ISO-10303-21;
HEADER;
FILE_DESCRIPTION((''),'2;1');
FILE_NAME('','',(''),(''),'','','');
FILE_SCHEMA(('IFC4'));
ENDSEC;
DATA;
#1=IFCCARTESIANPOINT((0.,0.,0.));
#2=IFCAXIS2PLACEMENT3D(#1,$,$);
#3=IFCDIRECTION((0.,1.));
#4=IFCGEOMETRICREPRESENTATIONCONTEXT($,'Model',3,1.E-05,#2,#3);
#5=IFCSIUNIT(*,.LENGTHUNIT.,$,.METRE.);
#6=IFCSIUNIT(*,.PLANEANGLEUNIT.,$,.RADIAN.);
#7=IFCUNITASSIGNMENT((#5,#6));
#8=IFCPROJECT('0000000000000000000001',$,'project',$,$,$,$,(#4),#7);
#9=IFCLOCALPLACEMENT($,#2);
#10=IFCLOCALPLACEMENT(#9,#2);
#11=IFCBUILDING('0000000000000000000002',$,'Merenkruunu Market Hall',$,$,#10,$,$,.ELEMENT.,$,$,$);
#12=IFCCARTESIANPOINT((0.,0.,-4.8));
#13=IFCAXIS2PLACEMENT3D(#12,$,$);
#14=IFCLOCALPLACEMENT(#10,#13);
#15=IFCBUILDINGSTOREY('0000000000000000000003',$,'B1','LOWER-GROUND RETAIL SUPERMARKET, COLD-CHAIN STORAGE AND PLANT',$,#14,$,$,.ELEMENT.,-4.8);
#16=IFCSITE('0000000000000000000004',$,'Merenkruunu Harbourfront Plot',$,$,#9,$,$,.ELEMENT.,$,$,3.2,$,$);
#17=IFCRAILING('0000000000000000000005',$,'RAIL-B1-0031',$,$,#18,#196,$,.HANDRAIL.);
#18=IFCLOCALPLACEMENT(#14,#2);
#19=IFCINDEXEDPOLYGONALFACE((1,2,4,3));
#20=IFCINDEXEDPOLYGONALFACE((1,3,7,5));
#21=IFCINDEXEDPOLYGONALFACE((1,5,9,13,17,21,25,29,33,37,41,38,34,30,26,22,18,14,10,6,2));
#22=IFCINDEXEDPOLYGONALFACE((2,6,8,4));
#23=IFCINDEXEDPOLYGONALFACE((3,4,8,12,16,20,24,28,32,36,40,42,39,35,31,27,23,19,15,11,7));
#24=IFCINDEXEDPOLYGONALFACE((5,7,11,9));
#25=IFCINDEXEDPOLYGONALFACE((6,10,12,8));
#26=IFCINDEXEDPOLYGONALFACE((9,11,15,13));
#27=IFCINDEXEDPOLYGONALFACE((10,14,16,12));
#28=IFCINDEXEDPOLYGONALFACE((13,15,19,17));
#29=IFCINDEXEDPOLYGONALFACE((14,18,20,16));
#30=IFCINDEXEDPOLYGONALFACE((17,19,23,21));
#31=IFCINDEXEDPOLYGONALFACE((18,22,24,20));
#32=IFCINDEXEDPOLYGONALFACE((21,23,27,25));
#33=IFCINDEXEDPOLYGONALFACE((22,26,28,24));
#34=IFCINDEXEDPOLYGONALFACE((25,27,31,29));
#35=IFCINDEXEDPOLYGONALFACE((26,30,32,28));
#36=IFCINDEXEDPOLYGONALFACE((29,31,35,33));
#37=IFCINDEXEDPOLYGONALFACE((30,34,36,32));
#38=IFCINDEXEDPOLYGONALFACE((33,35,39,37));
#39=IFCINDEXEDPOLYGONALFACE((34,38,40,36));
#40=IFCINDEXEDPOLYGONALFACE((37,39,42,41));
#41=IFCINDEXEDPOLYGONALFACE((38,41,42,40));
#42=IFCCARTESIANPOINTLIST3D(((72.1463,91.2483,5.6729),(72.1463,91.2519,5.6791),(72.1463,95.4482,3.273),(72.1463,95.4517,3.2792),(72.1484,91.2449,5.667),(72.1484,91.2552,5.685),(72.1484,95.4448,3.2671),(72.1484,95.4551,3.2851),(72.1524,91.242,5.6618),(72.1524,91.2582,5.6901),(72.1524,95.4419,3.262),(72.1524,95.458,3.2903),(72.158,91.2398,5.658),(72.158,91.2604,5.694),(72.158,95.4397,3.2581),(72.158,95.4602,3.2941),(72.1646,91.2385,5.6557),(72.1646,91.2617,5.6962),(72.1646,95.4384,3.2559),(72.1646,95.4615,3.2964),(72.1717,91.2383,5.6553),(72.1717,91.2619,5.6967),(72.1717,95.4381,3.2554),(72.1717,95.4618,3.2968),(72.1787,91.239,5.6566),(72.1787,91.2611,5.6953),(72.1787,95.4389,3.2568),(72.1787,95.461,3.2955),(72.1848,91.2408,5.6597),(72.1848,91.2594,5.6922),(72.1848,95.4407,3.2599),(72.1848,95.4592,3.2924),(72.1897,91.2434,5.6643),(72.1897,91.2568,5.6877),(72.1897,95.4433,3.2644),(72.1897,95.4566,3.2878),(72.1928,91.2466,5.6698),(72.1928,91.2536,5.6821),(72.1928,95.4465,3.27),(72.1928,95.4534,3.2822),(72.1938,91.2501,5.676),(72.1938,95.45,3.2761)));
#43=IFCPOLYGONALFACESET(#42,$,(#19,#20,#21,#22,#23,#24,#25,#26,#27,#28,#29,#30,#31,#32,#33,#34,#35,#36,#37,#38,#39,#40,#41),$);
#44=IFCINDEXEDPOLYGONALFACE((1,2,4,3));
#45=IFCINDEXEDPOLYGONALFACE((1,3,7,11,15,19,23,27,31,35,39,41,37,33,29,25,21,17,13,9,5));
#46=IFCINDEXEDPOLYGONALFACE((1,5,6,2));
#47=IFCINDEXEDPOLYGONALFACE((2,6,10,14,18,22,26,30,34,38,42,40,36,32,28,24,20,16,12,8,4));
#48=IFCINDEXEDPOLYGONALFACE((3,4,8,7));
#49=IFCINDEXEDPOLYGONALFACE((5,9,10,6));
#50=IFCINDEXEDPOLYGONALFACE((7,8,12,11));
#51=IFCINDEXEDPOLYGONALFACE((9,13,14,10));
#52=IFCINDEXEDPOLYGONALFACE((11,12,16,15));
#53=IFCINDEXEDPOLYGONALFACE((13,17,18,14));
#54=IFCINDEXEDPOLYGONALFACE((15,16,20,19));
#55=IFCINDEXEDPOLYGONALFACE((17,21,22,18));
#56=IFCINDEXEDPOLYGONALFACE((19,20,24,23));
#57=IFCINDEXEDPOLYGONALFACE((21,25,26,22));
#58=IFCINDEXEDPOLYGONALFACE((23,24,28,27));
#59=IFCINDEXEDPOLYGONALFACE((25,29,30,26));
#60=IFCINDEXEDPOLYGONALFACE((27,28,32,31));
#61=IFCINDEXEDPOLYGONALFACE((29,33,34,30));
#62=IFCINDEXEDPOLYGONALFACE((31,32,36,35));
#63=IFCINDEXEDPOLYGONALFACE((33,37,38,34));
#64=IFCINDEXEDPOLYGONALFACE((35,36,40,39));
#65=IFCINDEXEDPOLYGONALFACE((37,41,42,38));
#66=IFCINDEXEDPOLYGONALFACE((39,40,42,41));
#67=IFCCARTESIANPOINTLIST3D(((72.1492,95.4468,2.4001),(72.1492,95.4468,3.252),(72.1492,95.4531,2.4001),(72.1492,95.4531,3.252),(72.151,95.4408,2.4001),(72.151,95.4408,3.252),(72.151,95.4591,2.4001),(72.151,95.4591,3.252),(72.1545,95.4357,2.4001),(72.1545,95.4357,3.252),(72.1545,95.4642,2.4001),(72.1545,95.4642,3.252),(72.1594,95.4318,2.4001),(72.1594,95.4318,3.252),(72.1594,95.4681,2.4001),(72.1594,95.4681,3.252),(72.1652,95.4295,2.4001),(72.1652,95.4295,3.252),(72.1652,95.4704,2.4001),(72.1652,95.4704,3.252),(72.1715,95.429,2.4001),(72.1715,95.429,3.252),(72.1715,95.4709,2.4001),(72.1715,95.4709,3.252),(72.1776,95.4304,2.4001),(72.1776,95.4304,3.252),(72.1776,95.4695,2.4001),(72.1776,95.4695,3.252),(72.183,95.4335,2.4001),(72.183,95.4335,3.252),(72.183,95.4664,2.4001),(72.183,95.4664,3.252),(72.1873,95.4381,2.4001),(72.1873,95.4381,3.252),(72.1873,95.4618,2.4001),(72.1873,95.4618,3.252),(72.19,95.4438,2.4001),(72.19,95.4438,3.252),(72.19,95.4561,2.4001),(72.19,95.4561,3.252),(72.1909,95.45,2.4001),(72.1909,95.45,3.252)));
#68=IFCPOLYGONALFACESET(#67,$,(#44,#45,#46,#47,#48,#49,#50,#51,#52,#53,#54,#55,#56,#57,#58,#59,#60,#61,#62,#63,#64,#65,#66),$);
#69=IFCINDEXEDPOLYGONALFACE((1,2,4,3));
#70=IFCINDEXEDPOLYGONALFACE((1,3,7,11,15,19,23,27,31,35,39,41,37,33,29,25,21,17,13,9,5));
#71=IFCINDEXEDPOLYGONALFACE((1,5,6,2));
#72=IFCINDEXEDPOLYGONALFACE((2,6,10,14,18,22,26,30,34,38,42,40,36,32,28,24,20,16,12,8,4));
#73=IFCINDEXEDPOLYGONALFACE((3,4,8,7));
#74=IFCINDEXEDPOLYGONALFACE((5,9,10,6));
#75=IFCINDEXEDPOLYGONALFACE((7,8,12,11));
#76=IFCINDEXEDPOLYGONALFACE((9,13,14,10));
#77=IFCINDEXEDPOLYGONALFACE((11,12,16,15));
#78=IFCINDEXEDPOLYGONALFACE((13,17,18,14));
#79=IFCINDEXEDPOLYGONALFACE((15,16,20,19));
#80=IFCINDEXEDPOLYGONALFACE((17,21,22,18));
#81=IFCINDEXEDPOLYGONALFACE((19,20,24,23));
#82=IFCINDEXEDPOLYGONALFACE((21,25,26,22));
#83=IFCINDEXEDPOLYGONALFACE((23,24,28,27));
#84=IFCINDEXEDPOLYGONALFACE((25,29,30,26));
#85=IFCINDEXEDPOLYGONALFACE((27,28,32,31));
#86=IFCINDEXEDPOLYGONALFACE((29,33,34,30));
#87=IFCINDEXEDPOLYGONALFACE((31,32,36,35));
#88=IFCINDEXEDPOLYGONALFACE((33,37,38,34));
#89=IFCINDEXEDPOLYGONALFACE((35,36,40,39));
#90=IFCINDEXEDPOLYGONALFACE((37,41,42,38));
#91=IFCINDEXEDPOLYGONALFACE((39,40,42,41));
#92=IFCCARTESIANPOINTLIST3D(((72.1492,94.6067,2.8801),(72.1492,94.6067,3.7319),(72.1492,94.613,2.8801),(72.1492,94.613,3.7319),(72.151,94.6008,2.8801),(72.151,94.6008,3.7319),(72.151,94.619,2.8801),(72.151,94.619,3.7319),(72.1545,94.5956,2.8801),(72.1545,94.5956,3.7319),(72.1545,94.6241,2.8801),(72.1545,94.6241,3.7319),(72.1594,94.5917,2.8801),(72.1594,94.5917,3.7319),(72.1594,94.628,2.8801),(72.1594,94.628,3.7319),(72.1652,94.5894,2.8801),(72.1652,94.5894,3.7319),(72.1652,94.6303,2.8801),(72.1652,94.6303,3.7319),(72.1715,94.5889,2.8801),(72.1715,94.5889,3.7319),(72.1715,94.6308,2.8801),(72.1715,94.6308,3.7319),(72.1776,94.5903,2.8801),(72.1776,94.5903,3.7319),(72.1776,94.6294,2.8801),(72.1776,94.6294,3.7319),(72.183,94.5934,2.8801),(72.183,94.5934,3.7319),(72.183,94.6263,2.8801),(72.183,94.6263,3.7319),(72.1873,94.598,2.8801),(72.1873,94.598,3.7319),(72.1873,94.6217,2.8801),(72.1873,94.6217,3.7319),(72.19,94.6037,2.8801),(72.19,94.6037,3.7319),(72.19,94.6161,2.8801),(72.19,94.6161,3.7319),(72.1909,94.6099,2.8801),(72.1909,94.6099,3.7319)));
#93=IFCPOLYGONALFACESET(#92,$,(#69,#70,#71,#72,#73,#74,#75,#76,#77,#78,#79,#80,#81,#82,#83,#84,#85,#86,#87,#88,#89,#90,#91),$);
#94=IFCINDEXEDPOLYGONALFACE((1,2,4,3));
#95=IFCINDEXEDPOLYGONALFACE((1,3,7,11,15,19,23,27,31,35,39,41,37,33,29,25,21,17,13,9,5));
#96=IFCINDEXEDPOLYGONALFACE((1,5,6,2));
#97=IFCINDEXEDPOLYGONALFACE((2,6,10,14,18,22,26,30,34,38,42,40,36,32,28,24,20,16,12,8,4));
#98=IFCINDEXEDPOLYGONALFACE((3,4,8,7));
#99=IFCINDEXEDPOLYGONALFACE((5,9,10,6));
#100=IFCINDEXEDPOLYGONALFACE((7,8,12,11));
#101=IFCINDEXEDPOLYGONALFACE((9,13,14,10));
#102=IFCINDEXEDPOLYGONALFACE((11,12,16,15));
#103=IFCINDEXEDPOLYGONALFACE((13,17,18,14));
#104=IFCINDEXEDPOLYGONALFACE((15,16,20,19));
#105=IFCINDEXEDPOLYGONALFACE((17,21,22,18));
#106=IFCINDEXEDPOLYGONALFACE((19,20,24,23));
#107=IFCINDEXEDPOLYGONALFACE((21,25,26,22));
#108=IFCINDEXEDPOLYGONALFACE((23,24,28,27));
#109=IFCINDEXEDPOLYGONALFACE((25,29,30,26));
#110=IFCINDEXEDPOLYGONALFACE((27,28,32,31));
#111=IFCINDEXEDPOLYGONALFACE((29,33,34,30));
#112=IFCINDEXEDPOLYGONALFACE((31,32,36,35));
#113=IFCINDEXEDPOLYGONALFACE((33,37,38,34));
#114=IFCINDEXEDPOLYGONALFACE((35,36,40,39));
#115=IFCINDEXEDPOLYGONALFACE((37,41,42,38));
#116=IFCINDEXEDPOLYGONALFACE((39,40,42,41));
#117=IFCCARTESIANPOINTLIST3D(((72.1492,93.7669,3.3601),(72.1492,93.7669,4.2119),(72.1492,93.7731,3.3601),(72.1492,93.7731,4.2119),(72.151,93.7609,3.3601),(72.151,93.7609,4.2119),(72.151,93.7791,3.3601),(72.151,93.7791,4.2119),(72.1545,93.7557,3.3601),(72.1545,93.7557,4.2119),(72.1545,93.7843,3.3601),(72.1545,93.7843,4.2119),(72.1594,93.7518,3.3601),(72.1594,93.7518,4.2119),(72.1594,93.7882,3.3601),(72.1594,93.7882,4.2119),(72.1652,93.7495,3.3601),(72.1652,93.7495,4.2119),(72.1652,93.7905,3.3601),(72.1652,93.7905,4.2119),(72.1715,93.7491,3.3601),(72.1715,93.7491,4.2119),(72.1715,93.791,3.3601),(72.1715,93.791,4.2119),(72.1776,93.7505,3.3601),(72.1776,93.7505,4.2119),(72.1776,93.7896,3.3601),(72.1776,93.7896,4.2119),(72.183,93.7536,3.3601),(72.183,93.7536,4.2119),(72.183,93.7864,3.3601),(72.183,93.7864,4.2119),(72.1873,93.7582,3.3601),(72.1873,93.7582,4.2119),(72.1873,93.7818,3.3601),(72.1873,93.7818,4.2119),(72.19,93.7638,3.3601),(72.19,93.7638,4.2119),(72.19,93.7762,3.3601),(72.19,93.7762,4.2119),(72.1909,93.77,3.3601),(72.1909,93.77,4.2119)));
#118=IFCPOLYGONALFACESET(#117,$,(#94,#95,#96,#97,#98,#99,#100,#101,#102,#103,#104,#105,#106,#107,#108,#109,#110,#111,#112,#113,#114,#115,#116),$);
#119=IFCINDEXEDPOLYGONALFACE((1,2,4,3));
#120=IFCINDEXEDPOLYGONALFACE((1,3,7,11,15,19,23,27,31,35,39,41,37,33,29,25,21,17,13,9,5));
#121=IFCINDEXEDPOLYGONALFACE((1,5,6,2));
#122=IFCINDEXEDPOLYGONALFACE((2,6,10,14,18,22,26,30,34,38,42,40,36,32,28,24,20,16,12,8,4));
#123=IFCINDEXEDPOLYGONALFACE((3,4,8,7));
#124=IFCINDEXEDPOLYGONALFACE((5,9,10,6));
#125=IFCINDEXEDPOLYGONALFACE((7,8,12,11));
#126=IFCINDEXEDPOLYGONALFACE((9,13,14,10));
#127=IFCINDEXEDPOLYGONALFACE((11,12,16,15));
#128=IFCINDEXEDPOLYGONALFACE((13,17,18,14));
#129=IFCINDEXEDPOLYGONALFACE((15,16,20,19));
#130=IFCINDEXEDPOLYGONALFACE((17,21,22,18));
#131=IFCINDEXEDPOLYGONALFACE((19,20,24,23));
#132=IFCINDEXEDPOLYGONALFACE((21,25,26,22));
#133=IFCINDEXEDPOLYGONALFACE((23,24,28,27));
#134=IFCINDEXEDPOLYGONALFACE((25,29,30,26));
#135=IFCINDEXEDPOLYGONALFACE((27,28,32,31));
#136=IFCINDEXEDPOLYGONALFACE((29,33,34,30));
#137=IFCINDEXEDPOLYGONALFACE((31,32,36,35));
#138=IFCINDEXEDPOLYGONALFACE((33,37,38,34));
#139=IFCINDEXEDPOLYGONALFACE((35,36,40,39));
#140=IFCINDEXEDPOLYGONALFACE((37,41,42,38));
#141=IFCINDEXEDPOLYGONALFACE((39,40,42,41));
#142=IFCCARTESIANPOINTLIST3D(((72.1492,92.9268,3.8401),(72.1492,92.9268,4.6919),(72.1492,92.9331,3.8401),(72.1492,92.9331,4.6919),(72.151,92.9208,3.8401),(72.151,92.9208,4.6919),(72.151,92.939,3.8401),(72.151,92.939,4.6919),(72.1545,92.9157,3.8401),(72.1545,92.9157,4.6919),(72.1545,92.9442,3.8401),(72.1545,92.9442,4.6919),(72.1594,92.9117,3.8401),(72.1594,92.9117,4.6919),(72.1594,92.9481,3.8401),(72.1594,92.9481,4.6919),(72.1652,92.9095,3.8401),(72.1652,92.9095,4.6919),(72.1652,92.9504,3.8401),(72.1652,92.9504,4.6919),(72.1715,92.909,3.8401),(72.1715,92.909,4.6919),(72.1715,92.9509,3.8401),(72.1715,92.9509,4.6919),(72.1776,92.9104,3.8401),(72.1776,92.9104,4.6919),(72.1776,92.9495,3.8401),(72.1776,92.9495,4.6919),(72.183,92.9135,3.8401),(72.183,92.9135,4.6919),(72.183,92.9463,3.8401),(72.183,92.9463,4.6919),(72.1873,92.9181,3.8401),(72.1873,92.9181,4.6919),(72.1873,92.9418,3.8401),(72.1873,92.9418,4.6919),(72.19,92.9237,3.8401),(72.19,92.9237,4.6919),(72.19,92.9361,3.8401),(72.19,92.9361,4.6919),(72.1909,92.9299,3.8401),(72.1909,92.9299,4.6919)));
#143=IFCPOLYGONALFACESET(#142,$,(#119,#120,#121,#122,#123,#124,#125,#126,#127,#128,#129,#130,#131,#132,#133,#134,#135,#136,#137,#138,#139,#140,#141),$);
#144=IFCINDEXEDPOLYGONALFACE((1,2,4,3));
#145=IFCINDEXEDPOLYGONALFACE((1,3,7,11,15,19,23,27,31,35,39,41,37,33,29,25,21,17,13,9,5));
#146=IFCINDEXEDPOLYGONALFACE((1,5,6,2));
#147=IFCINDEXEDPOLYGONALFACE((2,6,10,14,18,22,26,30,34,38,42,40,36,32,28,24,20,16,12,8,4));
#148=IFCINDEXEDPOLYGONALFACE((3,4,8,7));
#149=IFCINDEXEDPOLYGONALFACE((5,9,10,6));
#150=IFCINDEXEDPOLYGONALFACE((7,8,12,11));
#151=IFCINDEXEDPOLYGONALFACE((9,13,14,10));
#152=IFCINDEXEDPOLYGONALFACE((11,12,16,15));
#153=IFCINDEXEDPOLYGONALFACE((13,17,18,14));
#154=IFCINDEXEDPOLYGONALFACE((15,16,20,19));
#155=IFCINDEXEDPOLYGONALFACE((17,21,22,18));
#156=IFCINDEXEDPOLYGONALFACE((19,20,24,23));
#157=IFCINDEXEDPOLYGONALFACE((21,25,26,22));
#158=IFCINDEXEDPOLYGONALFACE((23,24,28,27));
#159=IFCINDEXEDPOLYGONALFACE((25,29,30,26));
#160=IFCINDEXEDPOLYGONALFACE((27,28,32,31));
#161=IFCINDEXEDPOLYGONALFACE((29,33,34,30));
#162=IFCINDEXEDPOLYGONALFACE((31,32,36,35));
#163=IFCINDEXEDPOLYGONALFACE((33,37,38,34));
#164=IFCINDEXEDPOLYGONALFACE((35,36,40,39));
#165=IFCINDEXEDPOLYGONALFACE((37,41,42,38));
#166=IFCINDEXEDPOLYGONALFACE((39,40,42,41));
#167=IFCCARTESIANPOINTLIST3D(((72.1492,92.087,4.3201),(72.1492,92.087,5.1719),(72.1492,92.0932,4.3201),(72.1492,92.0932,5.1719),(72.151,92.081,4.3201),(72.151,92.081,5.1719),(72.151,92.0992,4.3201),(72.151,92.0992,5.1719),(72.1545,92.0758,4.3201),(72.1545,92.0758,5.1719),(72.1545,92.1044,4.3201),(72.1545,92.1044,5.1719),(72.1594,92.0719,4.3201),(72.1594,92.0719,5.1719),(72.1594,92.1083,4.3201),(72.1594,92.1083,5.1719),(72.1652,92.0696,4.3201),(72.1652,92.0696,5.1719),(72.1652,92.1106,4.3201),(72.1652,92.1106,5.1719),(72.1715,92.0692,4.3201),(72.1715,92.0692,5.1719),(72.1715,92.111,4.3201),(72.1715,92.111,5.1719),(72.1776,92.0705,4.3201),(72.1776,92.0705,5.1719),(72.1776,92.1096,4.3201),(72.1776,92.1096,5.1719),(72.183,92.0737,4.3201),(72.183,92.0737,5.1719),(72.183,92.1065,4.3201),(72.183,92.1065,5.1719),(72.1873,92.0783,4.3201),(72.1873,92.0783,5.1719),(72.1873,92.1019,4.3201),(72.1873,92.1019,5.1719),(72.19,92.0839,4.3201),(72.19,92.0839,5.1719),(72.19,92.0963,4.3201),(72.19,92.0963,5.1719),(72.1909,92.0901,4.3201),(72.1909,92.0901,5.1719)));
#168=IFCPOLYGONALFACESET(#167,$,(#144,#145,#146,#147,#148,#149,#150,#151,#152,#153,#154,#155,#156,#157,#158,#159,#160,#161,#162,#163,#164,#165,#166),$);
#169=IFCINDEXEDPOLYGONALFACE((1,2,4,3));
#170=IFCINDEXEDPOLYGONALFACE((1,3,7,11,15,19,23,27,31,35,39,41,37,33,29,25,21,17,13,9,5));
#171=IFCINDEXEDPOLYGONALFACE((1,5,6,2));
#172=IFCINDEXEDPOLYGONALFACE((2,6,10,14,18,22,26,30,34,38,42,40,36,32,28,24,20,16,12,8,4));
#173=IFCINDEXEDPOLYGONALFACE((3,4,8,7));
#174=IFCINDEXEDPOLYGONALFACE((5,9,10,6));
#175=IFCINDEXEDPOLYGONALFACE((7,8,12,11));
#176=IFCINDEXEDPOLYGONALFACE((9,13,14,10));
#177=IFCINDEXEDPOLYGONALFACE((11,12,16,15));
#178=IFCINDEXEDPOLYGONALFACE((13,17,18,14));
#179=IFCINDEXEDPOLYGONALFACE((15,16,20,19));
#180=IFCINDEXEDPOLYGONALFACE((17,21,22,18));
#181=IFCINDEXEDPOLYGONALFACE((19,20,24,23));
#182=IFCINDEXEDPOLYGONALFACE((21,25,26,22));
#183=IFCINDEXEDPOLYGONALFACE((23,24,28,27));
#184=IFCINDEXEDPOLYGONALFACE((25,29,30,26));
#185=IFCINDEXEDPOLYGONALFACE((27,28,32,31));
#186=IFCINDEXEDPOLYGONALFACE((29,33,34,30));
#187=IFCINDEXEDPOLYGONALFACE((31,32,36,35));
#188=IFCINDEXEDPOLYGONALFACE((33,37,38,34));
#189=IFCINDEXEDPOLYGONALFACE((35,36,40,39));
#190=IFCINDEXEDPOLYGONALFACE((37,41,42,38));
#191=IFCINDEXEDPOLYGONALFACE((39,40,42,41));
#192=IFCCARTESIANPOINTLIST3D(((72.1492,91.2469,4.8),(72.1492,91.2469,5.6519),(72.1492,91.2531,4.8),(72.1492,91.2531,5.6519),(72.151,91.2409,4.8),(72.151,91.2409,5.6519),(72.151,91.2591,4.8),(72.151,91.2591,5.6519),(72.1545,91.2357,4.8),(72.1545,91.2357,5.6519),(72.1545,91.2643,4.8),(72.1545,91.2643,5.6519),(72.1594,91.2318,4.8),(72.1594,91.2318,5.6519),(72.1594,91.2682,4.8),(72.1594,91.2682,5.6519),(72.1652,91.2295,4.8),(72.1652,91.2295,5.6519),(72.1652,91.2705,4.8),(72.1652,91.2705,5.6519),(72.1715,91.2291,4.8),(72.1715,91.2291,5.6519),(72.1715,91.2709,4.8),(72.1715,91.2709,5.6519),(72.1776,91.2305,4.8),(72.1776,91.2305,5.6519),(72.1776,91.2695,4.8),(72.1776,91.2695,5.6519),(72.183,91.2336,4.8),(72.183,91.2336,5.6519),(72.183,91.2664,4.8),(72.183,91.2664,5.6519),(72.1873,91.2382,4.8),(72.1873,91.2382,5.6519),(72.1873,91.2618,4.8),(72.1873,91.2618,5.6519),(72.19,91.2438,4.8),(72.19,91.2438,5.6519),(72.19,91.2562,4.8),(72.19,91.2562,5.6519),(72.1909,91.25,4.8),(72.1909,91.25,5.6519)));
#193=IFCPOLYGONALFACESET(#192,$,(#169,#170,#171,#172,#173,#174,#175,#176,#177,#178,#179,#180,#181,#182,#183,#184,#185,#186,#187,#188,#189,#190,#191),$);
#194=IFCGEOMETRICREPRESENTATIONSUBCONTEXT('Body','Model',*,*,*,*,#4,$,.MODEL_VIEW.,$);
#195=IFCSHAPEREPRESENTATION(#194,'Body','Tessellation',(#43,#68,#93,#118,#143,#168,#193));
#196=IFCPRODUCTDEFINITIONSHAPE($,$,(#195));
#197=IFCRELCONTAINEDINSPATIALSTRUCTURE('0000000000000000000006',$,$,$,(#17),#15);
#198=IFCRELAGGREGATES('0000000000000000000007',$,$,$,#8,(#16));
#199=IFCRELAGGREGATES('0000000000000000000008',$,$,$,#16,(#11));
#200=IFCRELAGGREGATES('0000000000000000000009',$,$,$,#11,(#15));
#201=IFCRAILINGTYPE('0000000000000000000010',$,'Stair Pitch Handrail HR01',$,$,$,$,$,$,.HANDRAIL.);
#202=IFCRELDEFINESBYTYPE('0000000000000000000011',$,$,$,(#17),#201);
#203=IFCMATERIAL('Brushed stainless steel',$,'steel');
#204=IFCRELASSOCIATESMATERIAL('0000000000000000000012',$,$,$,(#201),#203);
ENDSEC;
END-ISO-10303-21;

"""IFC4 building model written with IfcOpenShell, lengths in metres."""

from ifc_helpers import new_model, si_unit, direction, frame, origin, origin_2d, place, context, subcontext, project, spatial, circle, extrude, material, type_object, element, save


model = new_model("IFC4")

# Units and contexts
model_context = context("Model", 3, precision=1e-05, world=origin(), true_north=direction((0.0, 1.0)))
body_context = subcontext(model_context, "Body", "Model", "MODEL_VIEW")
ifc_project = project(units=[si_unit("LENGTHUNIT", "METRE"), si_unit("PLANEANGLEUNIT", "RADIAN")], contexts=[model_context])

# Site, building, storey
site_placement = place(None, origin())
site = spatial("IfcSite", under=ifc_project, at=site_placement, Name="Merenkruunu Harbourfront Plot", CompositionType="ELEMENT", RefElevation=3.2)
building_placement = place(site_placement, origin())
building = spatial("IfcBuilding", under=site, at=building_placement, Name="Merenkruunu Market Hall", CompositionType="ELEMENT")
storey_placement = place(building_placement, frame((0.0, 0.0, -4.8)))
storey = spatial("IfcBuildingStorey", under=building, at=storey_placement, Name="B1", Description="LOWER-GROUND RETAIL SUPERMARKET, COLD-CHAIN STORAGE AND PLANT", CompositionType="ELEMENT", Elevation=-4.8)

# Railing
ifc_material_1 = material(Name="Brushed stainless steel", Category="steel")
railing_type = type_object("IfcRailingType", Name="Stair Pitch Handrail HR01", PredefinedType="HANDRAIL", material=ifc_material_1)
railing_placement = place(storey_placement, frame((72.1699, 95.45, 2.4001)))
element("IfcRailing", 1, at=railing_placement, inside=storey, type_object=railing_type, Name="RAIL-B1-0031", PredefinedType="HANDRAIL", context=body_context, shape_type="SweptSolid", body=[
    extrude(circle(Radius=0.0239, at=origin_2d()), frame((0.0, 0.0, 0.876), z_axis=(0.0, -0.868249, 0.496128), x_axis=(1.0, 0.0, 0.0)), (0.0, 0.0, 1.0), 4.8372),
    extrude(circle(Radius=0.021, at=origin_2d()), origin(), (0.0, 0.0, 1.0), 0.8518),
    extrude(circle(Radius=0.021, at=origin_2d()), frame((0.0, -0.8401, 0.48)), (0.0, 0.0, 1.0), 0.8518),
    extrude(circle(Radius=0.021, at=origin_2d()), frame((0.0, -1.6799, 0.96)), (0.0, 0.0, 1.0), 0.8518),
    extrude(circle(Radius=0.021, at=origin_2d()), frame((0.0, -2.52, 1.4399)), (0.0, 0.0, 1.0), 0.8518),
    extrude(circle(Radius=0.021, at=origin_2d()), frame((0.0, -3.3599, 1.9199)), (0.0, 0.0, 1.0), 0.8518),
    extrude(circle(Radius=0.021, at=origin_2d()), frame((0.0, -4.2, 2.3999)), (0.0, 0.0, 1.0), 0.8518),
])

save(model, "model.ifc")
